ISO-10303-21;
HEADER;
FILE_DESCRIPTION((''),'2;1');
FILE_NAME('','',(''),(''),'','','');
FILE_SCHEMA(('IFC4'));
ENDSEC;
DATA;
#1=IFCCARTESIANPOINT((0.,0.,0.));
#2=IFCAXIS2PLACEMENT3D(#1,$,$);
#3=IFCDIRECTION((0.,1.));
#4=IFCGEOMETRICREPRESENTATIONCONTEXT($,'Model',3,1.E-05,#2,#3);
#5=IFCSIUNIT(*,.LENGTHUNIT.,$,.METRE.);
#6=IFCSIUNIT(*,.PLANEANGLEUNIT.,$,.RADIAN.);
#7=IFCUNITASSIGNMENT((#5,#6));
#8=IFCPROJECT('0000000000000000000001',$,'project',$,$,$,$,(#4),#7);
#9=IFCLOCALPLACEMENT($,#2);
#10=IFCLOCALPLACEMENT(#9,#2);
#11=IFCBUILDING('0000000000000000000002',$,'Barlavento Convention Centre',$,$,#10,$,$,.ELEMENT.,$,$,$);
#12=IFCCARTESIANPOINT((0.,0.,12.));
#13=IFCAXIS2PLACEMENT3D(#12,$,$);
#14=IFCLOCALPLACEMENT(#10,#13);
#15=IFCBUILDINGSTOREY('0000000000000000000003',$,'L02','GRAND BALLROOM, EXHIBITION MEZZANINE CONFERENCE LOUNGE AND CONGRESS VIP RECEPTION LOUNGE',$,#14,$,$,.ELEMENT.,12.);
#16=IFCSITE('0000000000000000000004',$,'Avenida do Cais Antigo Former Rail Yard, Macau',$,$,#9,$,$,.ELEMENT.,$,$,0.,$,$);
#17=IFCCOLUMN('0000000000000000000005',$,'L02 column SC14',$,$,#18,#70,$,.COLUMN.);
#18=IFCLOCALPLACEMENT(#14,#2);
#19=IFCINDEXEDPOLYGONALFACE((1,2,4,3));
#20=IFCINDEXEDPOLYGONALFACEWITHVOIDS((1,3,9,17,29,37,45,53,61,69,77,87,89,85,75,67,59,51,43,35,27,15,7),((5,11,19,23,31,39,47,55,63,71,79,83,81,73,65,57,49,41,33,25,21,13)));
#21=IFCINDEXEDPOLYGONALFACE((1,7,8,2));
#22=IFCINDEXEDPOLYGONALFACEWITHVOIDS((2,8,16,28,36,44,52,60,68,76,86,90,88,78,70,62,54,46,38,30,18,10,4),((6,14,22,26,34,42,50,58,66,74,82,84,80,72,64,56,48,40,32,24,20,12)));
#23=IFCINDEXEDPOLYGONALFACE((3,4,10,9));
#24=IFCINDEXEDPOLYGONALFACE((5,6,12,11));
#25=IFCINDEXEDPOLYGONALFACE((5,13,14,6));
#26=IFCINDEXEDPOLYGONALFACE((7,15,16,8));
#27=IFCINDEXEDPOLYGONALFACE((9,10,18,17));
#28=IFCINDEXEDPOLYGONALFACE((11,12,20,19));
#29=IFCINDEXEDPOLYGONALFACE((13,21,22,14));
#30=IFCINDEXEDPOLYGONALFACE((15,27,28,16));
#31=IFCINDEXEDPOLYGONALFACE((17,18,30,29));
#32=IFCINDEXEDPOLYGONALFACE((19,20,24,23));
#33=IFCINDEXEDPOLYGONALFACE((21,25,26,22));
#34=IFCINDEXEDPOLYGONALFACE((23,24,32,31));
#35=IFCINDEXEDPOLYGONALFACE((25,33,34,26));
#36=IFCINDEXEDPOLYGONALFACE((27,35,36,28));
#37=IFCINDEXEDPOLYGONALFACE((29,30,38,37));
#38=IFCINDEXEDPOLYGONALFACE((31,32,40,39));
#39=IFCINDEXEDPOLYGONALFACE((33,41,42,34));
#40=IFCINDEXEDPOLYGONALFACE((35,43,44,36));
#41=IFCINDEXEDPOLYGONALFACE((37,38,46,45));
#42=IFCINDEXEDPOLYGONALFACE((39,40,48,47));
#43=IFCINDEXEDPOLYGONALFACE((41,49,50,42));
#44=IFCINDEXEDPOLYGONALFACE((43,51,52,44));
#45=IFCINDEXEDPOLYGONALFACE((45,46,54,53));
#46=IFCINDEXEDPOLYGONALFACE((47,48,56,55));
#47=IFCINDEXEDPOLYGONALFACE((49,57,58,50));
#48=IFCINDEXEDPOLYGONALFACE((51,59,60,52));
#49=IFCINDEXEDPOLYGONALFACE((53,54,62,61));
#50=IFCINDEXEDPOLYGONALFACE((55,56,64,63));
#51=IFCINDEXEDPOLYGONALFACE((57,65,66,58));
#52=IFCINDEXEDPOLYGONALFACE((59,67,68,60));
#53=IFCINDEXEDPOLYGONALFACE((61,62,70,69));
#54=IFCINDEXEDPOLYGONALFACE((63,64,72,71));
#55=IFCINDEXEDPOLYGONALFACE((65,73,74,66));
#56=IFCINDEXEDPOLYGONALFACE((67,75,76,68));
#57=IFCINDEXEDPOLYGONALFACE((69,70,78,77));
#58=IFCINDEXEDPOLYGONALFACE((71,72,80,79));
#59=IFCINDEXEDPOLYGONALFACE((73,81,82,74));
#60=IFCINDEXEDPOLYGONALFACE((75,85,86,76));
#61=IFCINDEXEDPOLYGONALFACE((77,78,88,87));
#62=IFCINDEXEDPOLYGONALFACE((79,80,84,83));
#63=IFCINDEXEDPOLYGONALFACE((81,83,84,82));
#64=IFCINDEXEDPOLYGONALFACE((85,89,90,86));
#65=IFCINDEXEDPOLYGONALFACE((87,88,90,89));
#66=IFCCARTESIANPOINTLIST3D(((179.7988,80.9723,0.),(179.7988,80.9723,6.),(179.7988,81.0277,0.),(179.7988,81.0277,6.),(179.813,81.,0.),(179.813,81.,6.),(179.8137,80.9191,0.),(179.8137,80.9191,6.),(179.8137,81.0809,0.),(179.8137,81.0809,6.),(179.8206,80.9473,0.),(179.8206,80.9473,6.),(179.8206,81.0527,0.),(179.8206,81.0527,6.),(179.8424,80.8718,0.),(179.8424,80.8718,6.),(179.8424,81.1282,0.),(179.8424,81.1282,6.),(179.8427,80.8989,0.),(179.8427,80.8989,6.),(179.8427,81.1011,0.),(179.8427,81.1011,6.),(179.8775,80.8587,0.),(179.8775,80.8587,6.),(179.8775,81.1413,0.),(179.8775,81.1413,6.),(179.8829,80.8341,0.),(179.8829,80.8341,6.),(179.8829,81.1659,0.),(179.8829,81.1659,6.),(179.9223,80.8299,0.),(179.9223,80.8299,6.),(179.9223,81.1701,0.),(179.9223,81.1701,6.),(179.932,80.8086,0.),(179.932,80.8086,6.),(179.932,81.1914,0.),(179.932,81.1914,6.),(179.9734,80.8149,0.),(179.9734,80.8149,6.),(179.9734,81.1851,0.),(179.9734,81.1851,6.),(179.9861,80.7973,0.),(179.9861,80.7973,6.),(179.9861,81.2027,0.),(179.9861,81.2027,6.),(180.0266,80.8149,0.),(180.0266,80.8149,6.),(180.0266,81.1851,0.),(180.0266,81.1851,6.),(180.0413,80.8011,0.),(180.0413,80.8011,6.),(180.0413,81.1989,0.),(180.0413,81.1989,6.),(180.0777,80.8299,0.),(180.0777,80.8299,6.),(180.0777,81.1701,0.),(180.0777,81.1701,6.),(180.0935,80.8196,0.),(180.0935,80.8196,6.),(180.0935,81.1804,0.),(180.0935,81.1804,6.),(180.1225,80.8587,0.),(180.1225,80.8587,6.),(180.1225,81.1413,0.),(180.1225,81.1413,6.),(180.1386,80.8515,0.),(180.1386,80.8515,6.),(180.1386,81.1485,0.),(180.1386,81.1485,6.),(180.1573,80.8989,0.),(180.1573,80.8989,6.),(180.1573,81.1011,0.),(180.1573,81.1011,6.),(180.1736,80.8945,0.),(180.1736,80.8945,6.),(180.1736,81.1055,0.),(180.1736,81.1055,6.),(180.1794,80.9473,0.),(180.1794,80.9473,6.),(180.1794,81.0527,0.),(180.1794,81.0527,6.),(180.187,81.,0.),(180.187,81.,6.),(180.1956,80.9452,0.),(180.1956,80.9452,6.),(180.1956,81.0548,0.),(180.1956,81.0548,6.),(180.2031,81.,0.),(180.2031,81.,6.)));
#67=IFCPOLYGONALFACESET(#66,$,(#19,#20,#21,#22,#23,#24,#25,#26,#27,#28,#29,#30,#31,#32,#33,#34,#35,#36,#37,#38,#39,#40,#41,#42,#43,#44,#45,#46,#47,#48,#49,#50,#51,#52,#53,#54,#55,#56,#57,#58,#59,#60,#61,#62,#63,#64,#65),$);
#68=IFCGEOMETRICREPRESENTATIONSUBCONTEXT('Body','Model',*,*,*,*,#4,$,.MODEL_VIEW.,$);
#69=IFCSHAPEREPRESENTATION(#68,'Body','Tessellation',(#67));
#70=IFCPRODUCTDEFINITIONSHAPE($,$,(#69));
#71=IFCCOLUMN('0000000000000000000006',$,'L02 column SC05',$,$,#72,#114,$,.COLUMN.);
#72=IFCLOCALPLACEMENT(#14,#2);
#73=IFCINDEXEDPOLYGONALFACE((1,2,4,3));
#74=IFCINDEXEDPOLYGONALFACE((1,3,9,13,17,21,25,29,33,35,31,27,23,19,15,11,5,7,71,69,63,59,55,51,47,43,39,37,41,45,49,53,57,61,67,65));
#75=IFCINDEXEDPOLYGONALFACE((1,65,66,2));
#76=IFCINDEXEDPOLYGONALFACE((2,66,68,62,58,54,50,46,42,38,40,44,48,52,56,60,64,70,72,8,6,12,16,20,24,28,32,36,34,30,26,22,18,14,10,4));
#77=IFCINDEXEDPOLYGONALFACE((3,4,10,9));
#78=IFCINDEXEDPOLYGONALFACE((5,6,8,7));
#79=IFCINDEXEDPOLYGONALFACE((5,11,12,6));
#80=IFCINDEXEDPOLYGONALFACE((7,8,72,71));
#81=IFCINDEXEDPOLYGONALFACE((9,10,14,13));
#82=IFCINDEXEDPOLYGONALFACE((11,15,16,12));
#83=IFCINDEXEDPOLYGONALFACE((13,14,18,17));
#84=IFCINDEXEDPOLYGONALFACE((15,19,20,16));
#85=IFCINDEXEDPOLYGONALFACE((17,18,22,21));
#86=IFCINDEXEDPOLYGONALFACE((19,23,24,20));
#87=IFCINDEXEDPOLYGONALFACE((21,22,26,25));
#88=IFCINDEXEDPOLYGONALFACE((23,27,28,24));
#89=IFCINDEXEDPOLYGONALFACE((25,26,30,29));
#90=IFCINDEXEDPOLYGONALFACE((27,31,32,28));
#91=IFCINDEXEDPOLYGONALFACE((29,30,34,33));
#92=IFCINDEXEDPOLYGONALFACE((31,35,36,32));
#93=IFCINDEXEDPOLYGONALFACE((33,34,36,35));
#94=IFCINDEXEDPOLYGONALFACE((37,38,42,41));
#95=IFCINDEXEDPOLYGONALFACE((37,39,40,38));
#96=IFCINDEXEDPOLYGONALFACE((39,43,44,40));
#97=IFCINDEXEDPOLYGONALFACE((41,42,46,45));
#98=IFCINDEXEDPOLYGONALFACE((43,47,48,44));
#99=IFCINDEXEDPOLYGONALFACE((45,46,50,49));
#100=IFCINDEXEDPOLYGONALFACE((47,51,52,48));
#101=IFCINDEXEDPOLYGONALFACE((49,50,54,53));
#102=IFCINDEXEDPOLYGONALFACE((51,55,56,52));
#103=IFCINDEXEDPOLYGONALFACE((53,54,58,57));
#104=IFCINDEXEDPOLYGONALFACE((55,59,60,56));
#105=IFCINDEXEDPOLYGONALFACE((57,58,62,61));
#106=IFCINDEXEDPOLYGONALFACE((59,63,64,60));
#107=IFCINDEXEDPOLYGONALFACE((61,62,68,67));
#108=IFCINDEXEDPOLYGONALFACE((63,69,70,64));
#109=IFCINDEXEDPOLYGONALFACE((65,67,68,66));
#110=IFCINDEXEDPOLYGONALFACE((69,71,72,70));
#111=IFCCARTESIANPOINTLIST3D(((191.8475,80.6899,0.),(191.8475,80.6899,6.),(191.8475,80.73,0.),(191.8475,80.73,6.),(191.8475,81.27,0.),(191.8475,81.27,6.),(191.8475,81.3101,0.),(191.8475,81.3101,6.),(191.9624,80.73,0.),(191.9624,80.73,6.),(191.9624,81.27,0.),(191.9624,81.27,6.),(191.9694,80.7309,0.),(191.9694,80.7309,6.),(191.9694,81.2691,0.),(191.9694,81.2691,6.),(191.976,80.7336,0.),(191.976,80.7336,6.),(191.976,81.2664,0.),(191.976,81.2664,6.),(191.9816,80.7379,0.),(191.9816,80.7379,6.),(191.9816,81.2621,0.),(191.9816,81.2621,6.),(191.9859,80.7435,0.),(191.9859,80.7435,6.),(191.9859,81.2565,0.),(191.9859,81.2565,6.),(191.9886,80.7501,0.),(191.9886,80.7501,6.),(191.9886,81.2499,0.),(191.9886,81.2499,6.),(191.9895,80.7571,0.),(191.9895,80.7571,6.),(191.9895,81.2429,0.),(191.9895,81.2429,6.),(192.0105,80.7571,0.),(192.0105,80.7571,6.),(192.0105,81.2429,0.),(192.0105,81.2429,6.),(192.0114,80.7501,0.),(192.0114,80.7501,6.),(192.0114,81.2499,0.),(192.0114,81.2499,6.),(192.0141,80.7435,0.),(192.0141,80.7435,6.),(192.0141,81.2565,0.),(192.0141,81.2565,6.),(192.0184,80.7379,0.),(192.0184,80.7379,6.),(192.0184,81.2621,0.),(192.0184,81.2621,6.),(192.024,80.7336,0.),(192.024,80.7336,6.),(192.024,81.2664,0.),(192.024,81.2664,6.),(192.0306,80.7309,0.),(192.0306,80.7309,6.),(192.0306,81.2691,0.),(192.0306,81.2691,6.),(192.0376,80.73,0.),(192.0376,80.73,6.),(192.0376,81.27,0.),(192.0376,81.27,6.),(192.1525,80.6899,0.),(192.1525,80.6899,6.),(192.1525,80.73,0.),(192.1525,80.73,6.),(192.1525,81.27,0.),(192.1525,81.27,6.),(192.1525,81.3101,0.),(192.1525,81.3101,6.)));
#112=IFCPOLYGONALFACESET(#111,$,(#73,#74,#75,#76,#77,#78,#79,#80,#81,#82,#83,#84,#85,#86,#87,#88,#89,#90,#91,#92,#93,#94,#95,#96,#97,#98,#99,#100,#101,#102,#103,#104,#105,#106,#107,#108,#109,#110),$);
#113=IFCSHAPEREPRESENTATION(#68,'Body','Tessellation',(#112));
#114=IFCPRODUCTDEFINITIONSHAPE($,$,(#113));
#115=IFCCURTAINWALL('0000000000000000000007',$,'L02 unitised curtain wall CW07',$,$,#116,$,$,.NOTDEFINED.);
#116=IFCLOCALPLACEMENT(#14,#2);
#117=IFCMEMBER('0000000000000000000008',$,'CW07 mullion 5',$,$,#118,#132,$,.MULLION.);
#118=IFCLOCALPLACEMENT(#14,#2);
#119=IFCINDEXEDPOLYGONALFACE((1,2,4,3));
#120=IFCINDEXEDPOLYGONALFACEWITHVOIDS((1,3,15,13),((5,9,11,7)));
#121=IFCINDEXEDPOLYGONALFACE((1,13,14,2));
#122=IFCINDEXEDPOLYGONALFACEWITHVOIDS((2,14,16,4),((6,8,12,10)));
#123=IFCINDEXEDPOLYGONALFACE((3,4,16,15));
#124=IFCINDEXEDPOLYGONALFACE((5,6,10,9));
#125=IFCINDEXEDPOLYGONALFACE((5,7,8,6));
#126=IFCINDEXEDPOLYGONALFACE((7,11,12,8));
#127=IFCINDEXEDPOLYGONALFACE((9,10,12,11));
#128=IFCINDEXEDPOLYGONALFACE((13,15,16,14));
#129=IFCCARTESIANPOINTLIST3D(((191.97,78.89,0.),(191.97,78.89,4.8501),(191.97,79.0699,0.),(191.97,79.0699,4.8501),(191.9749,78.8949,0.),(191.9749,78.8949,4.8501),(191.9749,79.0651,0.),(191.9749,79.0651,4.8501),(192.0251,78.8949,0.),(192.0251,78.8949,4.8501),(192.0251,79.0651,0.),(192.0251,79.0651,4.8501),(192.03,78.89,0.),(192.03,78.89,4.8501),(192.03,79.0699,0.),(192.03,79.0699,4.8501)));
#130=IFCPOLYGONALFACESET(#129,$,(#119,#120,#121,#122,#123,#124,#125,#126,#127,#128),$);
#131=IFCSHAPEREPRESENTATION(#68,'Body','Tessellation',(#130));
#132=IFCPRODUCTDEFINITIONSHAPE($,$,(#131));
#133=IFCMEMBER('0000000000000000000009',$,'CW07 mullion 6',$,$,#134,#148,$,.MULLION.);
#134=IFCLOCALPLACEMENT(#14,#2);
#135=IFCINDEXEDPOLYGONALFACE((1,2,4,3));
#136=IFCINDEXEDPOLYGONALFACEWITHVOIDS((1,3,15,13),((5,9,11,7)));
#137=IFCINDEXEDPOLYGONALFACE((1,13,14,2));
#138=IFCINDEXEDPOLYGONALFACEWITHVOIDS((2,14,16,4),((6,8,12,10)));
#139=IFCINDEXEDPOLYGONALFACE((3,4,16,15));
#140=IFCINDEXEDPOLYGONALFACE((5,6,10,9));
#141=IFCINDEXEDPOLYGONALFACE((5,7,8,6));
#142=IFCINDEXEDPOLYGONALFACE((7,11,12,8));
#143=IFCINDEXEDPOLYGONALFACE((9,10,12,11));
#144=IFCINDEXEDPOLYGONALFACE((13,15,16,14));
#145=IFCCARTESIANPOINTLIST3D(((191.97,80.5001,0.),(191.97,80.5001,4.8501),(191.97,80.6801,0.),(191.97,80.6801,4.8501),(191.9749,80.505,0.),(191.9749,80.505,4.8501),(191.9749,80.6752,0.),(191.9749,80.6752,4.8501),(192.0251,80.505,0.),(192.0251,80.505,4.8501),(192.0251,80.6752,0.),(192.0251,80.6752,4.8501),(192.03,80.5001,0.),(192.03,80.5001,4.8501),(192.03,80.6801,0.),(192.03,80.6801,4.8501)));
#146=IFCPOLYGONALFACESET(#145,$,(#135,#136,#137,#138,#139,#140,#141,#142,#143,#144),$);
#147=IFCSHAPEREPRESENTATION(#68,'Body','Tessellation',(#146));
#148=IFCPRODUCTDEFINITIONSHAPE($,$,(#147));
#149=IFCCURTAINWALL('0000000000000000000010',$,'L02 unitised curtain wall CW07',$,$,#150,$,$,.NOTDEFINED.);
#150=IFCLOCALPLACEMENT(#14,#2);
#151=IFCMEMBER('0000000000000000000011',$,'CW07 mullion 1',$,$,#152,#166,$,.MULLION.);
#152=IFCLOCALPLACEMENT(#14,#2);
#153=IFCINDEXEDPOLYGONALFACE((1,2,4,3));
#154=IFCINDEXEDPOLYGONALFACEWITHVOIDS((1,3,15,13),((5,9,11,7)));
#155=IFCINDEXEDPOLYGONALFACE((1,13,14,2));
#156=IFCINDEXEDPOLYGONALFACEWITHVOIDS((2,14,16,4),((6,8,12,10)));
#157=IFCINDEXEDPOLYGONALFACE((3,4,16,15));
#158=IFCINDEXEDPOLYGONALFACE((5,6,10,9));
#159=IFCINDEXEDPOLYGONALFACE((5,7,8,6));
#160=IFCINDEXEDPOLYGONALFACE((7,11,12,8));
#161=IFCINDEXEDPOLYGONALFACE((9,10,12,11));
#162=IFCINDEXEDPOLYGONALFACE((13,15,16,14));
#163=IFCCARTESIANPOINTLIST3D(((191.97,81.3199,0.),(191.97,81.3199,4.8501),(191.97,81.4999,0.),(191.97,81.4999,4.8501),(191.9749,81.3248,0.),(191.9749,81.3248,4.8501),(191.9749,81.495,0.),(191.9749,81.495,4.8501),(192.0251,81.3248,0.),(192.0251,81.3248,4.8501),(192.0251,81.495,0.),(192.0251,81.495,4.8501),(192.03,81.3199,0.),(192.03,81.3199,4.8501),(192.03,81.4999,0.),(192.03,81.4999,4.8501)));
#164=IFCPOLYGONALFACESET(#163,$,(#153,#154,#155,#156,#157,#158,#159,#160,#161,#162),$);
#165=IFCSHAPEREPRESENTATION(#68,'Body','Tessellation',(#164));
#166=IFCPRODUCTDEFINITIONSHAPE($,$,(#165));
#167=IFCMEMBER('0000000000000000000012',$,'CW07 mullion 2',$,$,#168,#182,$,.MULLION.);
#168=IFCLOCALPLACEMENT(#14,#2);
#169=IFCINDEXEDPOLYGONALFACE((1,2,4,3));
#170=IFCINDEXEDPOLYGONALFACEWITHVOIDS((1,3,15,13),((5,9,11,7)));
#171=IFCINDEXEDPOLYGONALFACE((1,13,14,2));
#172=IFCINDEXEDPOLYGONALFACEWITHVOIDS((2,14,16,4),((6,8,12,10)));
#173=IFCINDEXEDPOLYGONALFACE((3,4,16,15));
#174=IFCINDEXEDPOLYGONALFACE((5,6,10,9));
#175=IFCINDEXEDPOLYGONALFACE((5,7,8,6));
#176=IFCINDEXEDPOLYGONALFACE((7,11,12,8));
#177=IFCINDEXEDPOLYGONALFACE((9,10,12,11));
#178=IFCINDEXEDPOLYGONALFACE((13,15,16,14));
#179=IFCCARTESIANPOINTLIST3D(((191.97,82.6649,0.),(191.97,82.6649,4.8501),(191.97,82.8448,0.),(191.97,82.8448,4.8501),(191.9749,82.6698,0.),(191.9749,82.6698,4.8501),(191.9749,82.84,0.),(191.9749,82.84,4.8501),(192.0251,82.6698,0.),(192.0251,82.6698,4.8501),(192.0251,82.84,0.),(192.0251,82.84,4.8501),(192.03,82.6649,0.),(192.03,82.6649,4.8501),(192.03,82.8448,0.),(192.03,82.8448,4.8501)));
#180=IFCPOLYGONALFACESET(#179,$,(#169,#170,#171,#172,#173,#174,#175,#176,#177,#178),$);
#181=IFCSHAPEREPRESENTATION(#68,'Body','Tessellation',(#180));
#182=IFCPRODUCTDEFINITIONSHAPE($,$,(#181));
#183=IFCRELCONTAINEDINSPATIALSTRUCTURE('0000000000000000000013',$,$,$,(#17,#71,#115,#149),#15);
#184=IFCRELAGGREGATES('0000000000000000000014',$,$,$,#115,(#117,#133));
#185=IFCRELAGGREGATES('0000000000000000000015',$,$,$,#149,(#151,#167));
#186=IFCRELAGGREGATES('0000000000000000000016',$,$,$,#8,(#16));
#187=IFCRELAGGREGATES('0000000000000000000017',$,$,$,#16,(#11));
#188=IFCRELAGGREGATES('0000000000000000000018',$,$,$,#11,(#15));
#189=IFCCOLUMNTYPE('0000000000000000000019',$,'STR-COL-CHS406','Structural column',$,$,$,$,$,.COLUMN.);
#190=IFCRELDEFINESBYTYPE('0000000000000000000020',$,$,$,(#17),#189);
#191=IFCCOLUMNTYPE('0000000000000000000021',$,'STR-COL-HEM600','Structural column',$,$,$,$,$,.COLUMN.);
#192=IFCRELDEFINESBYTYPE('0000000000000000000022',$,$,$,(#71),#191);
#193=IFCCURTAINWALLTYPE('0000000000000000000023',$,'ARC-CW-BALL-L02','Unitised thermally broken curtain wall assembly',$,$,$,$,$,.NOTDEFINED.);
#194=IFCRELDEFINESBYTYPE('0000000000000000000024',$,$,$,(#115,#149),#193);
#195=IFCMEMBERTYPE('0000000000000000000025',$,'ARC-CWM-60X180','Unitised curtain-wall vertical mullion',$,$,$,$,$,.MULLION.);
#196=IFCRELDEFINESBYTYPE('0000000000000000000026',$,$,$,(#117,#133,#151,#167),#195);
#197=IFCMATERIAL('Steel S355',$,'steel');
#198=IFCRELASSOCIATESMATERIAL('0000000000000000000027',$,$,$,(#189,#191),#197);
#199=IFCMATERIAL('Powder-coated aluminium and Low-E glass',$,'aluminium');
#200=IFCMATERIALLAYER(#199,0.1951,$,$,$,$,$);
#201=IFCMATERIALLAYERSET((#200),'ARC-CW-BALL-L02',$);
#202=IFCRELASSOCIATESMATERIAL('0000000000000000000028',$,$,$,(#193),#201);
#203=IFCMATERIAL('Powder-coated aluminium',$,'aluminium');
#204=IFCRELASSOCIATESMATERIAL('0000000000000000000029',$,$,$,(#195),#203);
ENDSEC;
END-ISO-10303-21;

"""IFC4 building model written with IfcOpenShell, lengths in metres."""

from ifc_helpers import new_model, si_unit, direction, frame, origin, origin_2d, place, context, subcontext, project, spatial, hollow_rectangle, hollow_circle, i_section, extrude, material, layer, layer_set, material_profile, profile_set, type_object, element, aggregate, save


model = new_model("IFC4")

# Units and contexts
model_context = context("Model", 3, precision=1e-05, world=origin(), true_north=direction((0.0, 1.0)))
body_context = subcontext(model_context, "Body", "Model", "MODEL_VIEW")
ifc_project = project(units=[si_unit("LENGTHUNIT", "METRE"), si_unit("PLANEANGLEUNIT", "RADIAN")], contexts=[model_context])

# Site, building, storey
site_placement = place(None, origin())
site = spatial("IfcSite", under=ifc_project, at=site_placement, Name="Avenida do Cais Antigo Former Rail Yard, Macau", CompositionType="ELEMENT", RefElevation=0.0)
building_placement = place(site_placement, origin())
building = spatial("IfcBuilding", under=site, at=building_placement, Name="Barlavento Convention Centre", CompositionType="ELEMENT")
storey_placement = place(building_placement, frame((0.0, 0.0, 12.0)))
storey = spatial("IfcBuildingStorey", under=building, at=storey_placement, Name="L02", Description="GRAND BALLROOM, EXHIBITION MEZZANINE CONFERENCE LOUNGE AND CONGRESS VIP RECEPTION LOUNGE", CompositionType="ELEMENT", Elevation=12.0)

# Columns
ifc_material_1 = material(Name="Steel S355", Category="steel")
ifc_material_profile_1 = material_profile(ifc_material_1, hollow_circle(Radius=0.2031, WallThickness=0.0161, at=origin_2d()), Name="CHS 406.4x16.0")
ifc_profile_set_1 = profile_set([ifc_material_profile_1], Name="Steel S355")
column_type_1 = type_object("IfcColumnType", Name="STR-COL-CHS406", Description="Structural column", PredefinedType="COLUMN", material=ifc_profile_set_1)
column_1_placement = place(storey_placement, frame((180.0, 81.0, 0.0), z_axis=(0.0, 0.0, 1.0), x_axis=(1.0, 0.0, 0.0)))
element("IfcColumn", 1, at=column_1_placement, inside=storey, type_object=column_type_1, Name="L02 column SC14", PredefinedType="COLUMN", context=body_context, shape_type="SweptSolid", body=[
    extrude(hollow_circle(Radius=0.2031, WallThickness=0.0161, at=origin_2d()), origin(), (0.0, 0.0, 1.0), 6.0),
])
ifc_material_profile_2 = material_profile(ifc_material_1, i_section(OverallWidth=0.3049, OverallDepth=0.6201, WebThickness=0.021, FlangeThickness=0.04, FilletRadius=0.0271, at=origin_2d()), Name="HEM 600")
ifc_profile_set_2 = profile_set([ifc_material_profile_2], Name="Steel S355")
column_type_2 = type_object("IfcColumnType", Name="STR-COL-HEM600", Description="Structural column", PredefinedType="COLUMN", material=ifc_profile_set_2)
column_2_placement = place(storey_placement, frame((192.0, 81.0, 0.0), z_axis=(0.0, 0.0, 1.0), x_axis=(1.0, 0.0, 0.0)))
element("IfcColumn", 2, at=column_2_placement, inside=storey, type_object=column_type_2, Name="L02 column SC05", PredefinedType="COLUMN", context=body_context, shape_type="SweptSolid", body=[
    extrude(i_section(OverallWidth=0.3049, OverallDepth=0.6201, WebThickness=0.021, FlangeThickness=0.04, FilletRadius=0.0271, at=origin_2d()), origin(), (0.0, 0.0, 1.0), 6.0),
])

# Curtain walls, members
ifc_material_2 = material(Name="Powder-coated aluminium and Low-E glass", Category="aluminium")
ifc_layer_1 = layer(ifc_material_2, 0.1951)
ifc_layer_set_1 = layer_set([ifc_layer_1], Name="ARC-CW-BALL-L02")
curtain_wall_type = type_object("IfcCurtainWallType", Name="ARC-CW-BALL-L02", Description="Unitised thermally broken curtain wall assembly", PredefinedType="NOTDEFINED", material=ifc_layer_set_1)
curtain_wall_1_placement = place(storey_placement, origin())
curtain_wall_1 = element("IfcCurtainWall", 3, at=curtain_wall_1_placement, inside=storey, type_object=curtain_wall_type, Name="L02 unitised curtain wall CW07", PredefinedType="NOTDEFINED")
ifc_material_3 = material(Name="Powder-coated aluminium", Category="aluminium")
ifc_material_profile_3 = material_profile(ifc_material_3, hollow_rectangle(XDim=0.0601, YDim=0.1799, WallThickness=0.0049, at=origin_2d()), Name="AL-MULL 60x180x5")
ifc_profile_set_3 = profile_set([ifc_material_profile_3], Name="Powder-coated aluminium")
member_type_1 = type_object("IfcMemberType", Name="ARC-CWM-60X180", Description="Unitised curtain-wall vertical mullion", PredefinedType="MULLION", material=ifc_profile_set_3)
member_1_placement = place(storey_placement, frame((192.0, 78.98, 0.0), z_axis=(0.0, 0.0, 1.0), x_axis=(-1.0, 0.0, 0.0)))
member_1 = element("IfcMember", 4, at=member_1_placement, type_object=member_type_1, Name="CW07 mullion 5", PredefinedType="MULLION", context=body_context, shape_type="SweptSolid", body=[
    extrude(hollow_rectangle(XDim=0.0601, YDim=0.1799, WallThickness=0.0049, at=origin_2d()), origin(), (0.0, 0.0, 1.0), 4.8501),
])
member_2_placement = place(storey_placement, frame((192.0, 80.5901, 0.0), z_axis=(0.0, 0.0, 1.0), x_axis=(-1.0, 0.0, 0.0)))
member_2 = element("IfcMember", 5, at=member_2_placement, type_object=member_type_1, Name="CW07 mullion 6", PredefinedType="MULLION", context=body_context, shape_type="SweptSolid", body=[
    extrude(hollow_rectangle(XDim=0.0601, YDim=0.1799, WallThickness=0.0049, at=origin_2d()), origin(), (0.0, 0.0, 1.0), 4.8501),
])
curtain_wall_2_placement = place(storey_placement, origin())
curtain_wall_2 = element("IfcCurtainWall", 6, at=curtain_wall_2_placement, inside=storey, type_object=curtain_wall_type, Name="L02 unitised curtain wall CW07", PredefinedType="NOTDEFINED")
member_3_placement = place(storey_placement, frame((192.0, 81.4099, 0.0), z_axis=(0.0, 0.0, 1.0), x_axis=(-1.0, 0.0, 0.0)))
member_3 = element("IfcMember", 7, at=member_3_placement, type_object=member_type_1, Name="CW07 mullion 1", PredefinedType="MULLION", context=body_context, shape_type="SweptSolid", body=[
    extrude(hollow_rectangle(XDim=0.0601, YDim=0.1799, WallThickness=0.0049, at=origin_2d()), origin(), (0.0, 0.0, 1.0), 4.8501),
])
member_4_placement = place(storey_placement, frame((192.0, 82.7549, 0.0), z_axis=(0.0, 0.0, 1.0), x_axis=(-1.0, 0.0, 0.0)))
member_4 = element("IfcMember", 8, at=member_4_placement, type_object=member_type_1, Name="CW07 mullion 2", PredefinedType="MULLION", context=body_context, shape_type="SweptSolid", body=[
    extrude(hollow_rectangle(XDim=0.0601, YDim=0.1799, WallThickness=0.0049, at=origin_2d()), origin(), (0.0, 0.0, 1.0), 4.8501),
])

aggregate(curtain_wall_1, [member_1, member_2])
aggregate(curtain_wall_2, [member_3, member_4])

save(model, "model.ifc")
